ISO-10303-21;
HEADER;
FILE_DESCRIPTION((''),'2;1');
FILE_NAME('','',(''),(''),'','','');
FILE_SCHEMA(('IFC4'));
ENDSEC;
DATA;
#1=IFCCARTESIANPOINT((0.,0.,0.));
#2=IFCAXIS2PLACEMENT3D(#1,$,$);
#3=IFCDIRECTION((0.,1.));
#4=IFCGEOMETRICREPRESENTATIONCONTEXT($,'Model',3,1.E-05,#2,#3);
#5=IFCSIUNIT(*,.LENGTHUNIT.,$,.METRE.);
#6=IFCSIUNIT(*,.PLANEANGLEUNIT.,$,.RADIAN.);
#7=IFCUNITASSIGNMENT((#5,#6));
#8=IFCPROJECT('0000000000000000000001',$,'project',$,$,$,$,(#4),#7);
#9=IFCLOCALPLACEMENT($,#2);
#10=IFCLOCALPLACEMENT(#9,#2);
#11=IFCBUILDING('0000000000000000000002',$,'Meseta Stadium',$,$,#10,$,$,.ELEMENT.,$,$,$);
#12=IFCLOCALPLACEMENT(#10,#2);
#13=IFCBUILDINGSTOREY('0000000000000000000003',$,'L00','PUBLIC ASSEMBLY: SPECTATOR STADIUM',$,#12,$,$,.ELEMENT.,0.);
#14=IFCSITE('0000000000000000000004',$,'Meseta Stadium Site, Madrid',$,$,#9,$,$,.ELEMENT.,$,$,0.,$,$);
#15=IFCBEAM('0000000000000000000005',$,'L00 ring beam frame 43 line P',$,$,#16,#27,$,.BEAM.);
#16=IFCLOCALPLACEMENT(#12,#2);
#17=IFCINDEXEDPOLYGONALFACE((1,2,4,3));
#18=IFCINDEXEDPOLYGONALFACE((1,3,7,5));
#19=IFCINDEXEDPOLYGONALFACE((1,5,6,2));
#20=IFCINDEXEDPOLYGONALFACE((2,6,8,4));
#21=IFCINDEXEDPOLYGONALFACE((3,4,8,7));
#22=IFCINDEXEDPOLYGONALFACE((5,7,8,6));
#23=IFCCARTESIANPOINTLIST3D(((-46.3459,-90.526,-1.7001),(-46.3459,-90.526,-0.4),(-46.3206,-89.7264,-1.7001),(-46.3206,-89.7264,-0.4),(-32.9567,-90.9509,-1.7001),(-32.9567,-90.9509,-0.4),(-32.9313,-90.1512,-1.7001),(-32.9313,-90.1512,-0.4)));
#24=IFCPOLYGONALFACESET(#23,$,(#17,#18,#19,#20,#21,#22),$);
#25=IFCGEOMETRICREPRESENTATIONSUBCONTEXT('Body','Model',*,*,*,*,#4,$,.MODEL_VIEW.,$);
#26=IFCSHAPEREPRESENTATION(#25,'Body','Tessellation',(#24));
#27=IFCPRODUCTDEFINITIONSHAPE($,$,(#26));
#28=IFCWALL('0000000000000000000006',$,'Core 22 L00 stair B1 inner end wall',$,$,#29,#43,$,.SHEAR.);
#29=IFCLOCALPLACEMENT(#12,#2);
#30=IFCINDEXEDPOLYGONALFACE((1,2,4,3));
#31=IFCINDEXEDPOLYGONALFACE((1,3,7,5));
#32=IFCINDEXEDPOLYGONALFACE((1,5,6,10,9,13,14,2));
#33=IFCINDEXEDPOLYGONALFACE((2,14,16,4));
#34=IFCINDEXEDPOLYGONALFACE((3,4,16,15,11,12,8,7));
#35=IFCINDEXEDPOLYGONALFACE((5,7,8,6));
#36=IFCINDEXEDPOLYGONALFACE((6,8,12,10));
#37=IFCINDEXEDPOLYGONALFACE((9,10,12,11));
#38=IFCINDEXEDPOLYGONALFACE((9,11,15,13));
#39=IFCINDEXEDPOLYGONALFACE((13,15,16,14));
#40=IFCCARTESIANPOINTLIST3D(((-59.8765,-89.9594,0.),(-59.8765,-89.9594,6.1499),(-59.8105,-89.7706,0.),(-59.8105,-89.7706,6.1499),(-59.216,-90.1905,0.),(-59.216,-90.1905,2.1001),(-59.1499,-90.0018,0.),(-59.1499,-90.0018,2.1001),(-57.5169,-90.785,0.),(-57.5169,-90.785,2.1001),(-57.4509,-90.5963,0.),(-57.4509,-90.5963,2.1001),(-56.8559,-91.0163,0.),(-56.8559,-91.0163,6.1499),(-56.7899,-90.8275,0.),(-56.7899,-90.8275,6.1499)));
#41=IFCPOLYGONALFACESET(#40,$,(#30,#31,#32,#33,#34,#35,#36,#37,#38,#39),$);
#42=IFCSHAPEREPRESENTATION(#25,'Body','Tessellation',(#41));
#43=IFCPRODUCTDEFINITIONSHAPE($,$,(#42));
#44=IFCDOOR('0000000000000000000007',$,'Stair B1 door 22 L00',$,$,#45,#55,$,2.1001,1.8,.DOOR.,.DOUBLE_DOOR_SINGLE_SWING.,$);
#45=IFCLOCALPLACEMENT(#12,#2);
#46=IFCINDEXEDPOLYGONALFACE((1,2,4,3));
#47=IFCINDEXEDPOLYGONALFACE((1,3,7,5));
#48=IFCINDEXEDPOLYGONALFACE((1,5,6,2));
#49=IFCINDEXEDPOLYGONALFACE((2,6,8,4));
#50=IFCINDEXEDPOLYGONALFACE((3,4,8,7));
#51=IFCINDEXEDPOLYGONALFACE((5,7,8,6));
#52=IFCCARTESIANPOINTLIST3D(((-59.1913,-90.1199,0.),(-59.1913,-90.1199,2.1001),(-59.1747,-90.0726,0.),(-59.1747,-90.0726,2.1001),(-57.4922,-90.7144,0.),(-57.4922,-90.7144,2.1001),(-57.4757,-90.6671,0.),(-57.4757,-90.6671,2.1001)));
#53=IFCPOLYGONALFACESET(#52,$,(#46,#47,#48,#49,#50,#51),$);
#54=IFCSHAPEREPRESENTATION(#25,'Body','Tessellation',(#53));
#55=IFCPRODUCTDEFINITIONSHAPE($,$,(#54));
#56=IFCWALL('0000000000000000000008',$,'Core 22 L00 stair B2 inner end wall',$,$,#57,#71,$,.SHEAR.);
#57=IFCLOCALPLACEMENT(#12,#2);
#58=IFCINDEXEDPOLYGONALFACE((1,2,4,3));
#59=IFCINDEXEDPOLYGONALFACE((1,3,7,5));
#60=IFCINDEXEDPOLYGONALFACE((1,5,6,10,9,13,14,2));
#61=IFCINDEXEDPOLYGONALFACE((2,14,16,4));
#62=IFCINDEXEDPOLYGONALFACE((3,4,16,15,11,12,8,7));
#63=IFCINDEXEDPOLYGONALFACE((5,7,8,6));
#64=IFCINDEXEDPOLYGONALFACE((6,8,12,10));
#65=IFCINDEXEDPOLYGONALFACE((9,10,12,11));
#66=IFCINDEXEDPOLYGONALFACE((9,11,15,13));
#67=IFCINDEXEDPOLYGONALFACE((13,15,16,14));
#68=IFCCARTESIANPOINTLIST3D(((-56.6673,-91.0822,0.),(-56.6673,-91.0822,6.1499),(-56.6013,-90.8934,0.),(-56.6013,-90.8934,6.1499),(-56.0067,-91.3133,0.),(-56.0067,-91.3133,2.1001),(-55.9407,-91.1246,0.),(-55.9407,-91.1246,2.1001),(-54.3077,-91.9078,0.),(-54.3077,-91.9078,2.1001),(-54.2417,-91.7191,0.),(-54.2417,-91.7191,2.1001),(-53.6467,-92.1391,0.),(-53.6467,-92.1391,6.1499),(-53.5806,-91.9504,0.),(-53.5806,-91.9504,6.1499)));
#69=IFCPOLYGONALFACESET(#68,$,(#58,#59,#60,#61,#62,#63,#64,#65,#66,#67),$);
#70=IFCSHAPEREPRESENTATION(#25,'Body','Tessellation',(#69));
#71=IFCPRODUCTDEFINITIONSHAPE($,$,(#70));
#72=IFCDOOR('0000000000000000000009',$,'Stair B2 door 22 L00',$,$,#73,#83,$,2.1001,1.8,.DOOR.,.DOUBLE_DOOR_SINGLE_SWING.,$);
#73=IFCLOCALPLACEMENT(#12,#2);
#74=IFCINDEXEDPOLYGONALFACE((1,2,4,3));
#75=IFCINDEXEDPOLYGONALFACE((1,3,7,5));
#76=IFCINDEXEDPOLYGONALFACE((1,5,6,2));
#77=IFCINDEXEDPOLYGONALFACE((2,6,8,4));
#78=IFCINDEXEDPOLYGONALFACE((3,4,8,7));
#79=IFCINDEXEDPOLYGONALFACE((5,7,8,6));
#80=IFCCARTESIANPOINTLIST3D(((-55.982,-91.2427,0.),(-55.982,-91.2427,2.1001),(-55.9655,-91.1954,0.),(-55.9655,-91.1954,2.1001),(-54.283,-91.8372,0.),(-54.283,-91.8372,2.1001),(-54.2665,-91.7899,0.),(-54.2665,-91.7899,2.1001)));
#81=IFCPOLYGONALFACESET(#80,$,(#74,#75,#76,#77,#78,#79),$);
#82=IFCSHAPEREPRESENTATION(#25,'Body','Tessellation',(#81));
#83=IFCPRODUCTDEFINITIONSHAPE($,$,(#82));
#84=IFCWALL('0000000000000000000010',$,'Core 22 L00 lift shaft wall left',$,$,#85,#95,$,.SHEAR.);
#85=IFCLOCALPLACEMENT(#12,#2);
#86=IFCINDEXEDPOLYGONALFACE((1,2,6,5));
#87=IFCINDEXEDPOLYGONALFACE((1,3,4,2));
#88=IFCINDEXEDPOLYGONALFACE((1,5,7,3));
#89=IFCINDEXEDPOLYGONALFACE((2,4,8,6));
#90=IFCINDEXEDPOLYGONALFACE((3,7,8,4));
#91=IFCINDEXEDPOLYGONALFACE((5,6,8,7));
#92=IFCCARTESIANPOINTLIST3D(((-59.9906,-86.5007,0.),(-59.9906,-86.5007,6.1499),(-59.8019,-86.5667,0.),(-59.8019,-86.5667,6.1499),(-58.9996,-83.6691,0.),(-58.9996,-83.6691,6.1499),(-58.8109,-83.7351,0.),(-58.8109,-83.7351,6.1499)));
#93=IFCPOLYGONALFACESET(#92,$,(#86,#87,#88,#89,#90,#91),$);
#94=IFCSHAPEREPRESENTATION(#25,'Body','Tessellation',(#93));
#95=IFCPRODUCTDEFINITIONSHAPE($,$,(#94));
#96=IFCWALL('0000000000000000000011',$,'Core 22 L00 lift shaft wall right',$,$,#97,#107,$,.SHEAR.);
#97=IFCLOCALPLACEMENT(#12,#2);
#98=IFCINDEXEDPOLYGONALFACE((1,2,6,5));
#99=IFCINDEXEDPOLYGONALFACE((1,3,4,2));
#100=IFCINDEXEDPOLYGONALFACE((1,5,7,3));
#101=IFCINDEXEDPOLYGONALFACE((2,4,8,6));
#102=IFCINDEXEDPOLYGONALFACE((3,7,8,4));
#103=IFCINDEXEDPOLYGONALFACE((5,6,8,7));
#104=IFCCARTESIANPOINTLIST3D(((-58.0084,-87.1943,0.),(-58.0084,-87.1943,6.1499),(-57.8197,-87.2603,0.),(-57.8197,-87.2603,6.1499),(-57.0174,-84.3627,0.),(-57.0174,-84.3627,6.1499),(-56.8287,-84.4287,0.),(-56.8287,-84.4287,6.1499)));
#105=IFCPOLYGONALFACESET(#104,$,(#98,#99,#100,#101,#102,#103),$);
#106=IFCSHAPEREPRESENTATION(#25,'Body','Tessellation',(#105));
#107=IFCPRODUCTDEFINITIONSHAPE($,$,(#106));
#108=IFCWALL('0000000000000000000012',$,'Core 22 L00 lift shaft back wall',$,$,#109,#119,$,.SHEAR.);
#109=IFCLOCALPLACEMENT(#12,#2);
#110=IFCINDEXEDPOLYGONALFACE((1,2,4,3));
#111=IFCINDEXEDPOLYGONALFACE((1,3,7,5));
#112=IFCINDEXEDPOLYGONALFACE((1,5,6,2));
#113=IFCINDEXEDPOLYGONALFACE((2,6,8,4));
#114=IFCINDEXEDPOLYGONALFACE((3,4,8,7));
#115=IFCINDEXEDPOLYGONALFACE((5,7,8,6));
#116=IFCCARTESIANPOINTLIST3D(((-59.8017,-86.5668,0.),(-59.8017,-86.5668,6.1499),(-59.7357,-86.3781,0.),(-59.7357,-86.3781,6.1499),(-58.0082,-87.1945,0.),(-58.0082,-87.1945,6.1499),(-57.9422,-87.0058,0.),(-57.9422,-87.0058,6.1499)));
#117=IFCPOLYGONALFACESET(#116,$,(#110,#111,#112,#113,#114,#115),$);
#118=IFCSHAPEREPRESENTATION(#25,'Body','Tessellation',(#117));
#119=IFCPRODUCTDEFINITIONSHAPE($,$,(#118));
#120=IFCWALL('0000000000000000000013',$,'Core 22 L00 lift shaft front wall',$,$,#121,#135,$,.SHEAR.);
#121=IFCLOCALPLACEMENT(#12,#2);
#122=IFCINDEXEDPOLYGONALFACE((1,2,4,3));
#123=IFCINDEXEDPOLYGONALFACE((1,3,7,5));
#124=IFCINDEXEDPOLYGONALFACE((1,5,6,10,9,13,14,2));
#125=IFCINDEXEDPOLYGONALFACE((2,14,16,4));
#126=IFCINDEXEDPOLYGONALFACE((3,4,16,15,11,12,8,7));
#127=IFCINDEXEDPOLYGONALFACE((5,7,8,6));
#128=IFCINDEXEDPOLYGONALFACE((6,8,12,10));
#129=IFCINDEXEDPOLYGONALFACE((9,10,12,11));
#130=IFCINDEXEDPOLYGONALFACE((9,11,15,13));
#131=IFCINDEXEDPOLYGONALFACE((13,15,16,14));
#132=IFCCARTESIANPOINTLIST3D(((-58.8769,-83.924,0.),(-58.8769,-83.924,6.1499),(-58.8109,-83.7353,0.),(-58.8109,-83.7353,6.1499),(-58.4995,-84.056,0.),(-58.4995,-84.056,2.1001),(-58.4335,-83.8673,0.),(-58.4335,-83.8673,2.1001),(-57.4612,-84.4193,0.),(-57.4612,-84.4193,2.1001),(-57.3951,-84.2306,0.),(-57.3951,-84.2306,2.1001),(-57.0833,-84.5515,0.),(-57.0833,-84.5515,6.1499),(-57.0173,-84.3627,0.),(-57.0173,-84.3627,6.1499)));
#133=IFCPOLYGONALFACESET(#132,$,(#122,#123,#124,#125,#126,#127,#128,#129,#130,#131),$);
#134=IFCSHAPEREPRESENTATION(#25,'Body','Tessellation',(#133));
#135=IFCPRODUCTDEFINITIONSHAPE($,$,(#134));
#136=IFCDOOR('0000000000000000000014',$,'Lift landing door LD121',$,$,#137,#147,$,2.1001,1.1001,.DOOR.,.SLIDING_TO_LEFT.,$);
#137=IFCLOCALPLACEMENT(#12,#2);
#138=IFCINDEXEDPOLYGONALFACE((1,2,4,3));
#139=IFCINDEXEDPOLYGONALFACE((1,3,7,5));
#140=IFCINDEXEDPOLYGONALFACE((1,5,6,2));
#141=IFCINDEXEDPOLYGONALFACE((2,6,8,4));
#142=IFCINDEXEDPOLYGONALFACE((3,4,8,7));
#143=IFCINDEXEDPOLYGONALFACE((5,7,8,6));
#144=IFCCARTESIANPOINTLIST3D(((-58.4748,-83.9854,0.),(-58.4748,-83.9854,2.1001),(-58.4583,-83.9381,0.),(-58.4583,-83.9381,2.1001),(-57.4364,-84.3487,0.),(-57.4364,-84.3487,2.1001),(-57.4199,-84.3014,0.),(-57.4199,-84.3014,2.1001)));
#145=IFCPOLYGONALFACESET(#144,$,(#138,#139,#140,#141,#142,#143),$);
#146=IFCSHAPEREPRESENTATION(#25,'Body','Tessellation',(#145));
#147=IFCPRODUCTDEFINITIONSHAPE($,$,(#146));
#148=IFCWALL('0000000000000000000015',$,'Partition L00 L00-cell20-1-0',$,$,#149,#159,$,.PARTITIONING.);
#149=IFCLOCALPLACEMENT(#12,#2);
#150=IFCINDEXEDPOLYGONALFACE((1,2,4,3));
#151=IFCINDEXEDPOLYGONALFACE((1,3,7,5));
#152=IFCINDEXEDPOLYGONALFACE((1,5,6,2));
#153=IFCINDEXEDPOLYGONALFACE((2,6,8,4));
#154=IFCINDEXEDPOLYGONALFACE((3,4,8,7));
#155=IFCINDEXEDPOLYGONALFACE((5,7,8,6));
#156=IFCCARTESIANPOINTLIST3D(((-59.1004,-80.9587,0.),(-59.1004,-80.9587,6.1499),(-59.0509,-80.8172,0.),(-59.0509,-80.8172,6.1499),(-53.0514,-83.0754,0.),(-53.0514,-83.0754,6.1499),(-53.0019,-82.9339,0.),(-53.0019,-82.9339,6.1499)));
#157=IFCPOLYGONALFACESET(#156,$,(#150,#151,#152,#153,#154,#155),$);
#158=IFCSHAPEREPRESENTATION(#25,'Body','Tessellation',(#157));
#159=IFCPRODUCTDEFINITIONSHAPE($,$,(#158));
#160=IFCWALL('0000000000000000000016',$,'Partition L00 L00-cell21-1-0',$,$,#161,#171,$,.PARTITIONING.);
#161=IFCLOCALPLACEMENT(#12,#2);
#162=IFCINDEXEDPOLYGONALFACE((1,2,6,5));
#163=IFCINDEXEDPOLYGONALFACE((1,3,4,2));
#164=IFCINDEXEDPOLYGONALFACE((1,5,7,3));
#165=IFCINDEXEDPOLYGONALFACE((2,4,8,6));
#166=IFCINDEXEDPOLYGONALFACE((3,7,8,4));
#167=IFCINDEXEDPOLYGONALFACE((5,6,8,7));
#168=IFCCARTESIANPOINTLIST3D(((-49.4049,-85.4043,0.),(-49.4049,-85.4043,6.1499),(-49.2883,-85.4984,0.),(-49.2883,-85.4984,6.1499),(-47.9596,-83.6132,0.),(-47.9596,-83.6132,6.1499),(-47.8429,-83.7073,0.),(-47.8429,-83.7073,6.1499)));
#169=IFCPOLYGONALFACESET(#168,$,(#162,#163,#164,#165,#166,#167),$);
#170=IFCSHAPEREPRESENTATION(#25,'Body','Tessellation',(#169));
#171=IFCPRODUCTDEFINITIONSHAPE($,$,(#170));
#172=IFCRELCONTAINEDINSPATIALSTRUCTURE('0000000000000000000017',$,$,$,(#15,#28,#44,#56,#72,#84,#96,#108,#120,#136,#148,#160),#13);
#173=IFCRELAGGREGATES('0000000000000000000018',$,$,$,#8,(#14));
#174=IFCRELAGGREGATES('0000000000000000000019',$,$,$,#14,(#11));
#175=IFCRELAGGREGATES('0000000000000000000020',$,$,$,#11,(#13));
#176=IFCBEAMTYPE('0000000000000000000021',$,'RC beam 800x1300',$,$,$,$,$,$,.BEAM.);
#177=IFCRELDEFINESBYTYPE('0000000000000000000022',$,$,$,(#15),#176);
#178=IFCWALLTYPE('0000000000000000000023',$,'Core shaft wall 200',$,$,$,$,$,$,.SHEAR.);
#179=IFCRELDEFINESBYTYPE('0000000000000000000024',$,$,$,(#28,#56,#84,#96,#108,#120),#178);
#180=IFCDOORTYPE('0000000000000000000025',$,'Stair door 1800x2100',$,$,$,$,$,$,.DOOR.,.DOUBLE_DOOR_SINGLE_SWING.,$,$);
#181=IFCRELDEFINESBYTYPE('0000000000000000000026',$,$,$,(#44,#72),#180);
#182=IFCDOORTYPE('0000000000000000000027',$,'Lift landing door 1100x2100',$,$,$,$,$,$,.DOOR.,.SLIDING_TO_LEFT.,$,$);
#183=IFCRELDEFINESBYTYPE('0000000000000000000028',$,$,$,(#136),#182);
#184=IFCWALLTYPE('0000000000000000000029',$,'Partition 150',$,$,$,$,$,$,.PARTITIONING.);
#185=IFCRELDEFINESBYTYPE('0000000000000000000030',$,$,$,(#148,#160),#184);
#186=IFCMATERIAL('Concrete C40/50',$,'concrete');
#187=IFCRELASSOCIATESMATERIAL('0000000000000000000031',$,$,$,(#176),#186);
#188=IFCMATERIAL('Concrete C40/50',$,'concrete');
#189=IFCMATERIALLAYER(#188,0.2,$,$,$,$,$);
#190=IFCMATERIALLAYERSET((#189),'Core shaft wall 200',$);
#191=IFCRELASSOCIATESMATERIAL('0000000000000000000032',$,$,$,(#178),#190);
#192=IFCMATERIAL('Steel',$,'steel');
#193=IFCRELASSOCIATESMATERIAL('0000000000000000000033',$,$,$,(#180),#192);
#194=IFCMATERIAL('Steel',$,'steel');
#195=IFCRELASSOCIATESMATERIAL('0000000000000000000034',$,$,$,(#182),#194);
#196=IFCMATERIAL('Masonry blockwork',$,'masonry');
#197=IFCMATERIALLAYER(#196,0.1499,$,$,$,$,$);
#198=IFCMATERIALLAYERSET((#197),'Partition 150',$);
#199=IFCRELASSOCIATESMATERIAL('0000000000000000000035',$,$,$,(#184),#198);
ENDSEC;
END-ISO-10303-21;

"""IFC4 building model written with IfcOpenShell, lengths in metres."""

from ifc_helpers import new_model, si_unit, direction, frame, frame_2d, origin, origin_2d, place, context, subcontext, project, spatial, rectangle, extrude, material, layer, layer_set, material_profile, profile_set, type_object, element, fill, save


model = new_model("IFC4")

# Units and contexts
model_context = context("Model", 3, precision=1e-05, world=origin(), true_north=direction((0.0, 1.0)))
body_context = subcontext(model_context, "Body", "Model", "MODEL_VIEW")
ifc_project = project(units=[si_unit("LENGTHUNIT", "METRE"), si_unit("PLANEANGLEUNIT", "RADIAN")], contexts=[model_context])

# Site, building, storey
site_placement = place(None, origin())
site = spatial("IfcSite", under=ifc_project, at=site_placement, Name="Meseta Stadium Site, Madrid", CompositionType="ELEMENT", RefElevation=0.0)
building_placement = place(site_placement, origin())
building = spatial("IfcBuilding", under=site, at=building_placement, Name="Meseta Stadium", CompositionType="ELEMENT")
storey_placement = place(building_placement, origin())
storey = spatial("IfcBuildingStorey", under=building, at=storey_placement, Name="L00", Description="PUBLIC ASSEMBLY: SPECTATOR STADIUM", CompositionType="ELEMENT", Elevation=0.0)

# Beam
ifc_material_1 = material(Name="Concrete C40/50", Category="concrete")
ifc_material_profile_1 = material_profile(ifc_material_1, rectangle(XDim=0.8, YDim=1.3, at=origin_2d()), Name="RC 800x1300")
ifc_profile_set_1 = profile_set([ifc_material_profile_1], Name="Concrete C40/50")
beam_type_1 = type_object("IfcBeamType", Name="RC beam 800x1300", PredefinedType="BEAM", material=ifc_profile_set_1)
beam_1_placement = place(storey_placement, frame((-46.3333, -90.1262, -1.05), z_axis=(0.999497, -0.031712, 0.0), x_axis=(0.031712, 0.999497, 0.0)))
element("IfcBeam", 1, at=beam_1_placement, inside=storey, type_object=beam_type_1, Name="L00 ring beam frame 43 line P", PredefinedType="BEAM", context=body_context, shape_type="SweptSolid", body=[
    extrude(rectangle(XDim=0.8, YDim=1.3, at=origin_2d()), origin(), (0.0, 0.0, 1.0), 13.396),
])

# Walls, openings, doors
ifc_material_2 = material(Name="Concrete C40/50", Category="concrete")
ifc_layer_1 = layer(ifc_material_2, 0.2)
ifc_layer_set_1 = layer_set([ifc_layer_1], Name="Core shaft wall 200")
wall_type_1 = type_object("IfcWallType", Name="Core shaft wall 200", PredefinedType="SHEAR", material=ifc_layer_set_1)
wall_1_placement = place(storey_placement, frame((-59.8435, -89.865, 0.0), z_axis=(0.0, 0.0, 1.0), x_axis=(0.943887, -0.330269, 0.0)))
wall_1 = element("IfcWall", 2, at=wall_1_placement, inside=storey, type_object=wall_type_1, Name="Core 22 L00 stair B1 inner end wall", PredefinedType="SHEAR", context=body_context, shape_type="SweptSolid", body=[
    extrude(rectangle(XDim=3.2002, YDim=0.2, at=frame_2d((1.6001, 0.0))), origin(), (0.0, 0.0, 1.0), 6.1499),
])
opening_1_placement = place(wall_1_placement, frame((0.7, 0.0, 0.0)))
opening_1 = element("IfcOpeningElement", 3, at=opening_1_placement, cuts=wall_1, PredefinedType="OPENING", context=body_context, shape_type="SweptSolid", body=[
    extrude(rectangle(XDim=1.8, YDim=2.1001, at=frame_2d((0.8999, 1.05))), frame((0.0, 0.1099, 0.0), z_axis=(0.0, -1.0, 0.0), x_axis=(1.0, 0.0, 0.0)), (0.0, 0.0, 1.0), 0.22),
])
ifc_material_3 = material(Name="Steel", Category="steel")
door_type_1 = type_object("IfcDoorType", Name="Stair door 1800x2100", OperationType="DOUBLE_DOOR_SINGLE_SWING", PredefinedType="DOOR", material=ifc_material_3)
door_1_placement = place(opening_1_placement, origin())
door_1 = element("IfcDoor", 4, at=door_1_placement, inside=storey, type_object=door_type_1, Name="Stair B1 door 22 L00", OperationType="DOUBLE_DOOR_SINGLE_SWING", OverallHeight=2.1001, OverallWidth=1.8, PredefinedType="DOOR", context=body_context, shape_type="SweptSolid", body=[
    extrude(rectangle(XDim=1.8, YDim=2.1001, at=frame_2d((0.8999, 1.05))), frame((0.0, 0.0249, 0.0), z_axis=(0.0, -1.0, 0.0), x_axis=(1.0, 0.0, 0.0)), (0.0, 0.0, 1.0), 0.05),
])
fill(opening_1, door_1)
wall_2_placement = place(storey_placement, frame((-56.6343, -90.9878, 0.0), z_axis=(0.0, 0.0, 1.0), x_axis=(0.943887, -0.330269, 0.0)))
wall_2 = element("IfcWall", 5, at=wall_2_placement, inside=storey, type_object=wall_type_1, Name="Core 22 L00 stair B2 inner end wall", PredefinedType="SHEAR", context=body_context, shape_type="SweptSolid", body=[
    extrude(rectangle(XDim=3.2002, YDim=0.2, at=frame_2d((1.6001, 0.0))), origin(), (0.0, 0.0, 1.0), 6.1499),
])
opening_2_placement = place(wall_2_placement, frame((0.7, 0.0, 0.0)))
opening_2 = element("IfcOpeningElement", 6, at=opening_2_placement, cuts=wall_2, PredefinedType="OPENING", context=body_context, shape_type="SweptSolid", body=[
    extrude(rectangle(XDim=1.8, YDim=2.1001, at=frame_2d((0.8999, 1.05))), frame((0.0, 0.1099, 0.0), z_axis=(0.0, -1.0, 0.0), x_axis=(1.0, 0.0, 0.0)), (0.0, 0.0, 1.0), 0.22),
])
door_2_placement = place(opening_2_placement, origin())
door_2 = element("IfcDoor", 7, at=door_2_placement, inside=storey, type_object=door_type_1, Name="Stair B2 door 22 L00", OperationType="DOUBLE_DOOR_SINGLE_SWING", OverallHeight=2.1001, OverallWidth=1.8, PredefinedType="DOOR", context=body_context, shape_type="SweptSolid", body=[
    extrude(rectangle(XDim=1.8, YDim=2.1001, at=frame_2d((0.8999, 1.05))), frame((0.0, 0.0249, 0.0), z_axis=(0.0, -1.0, 0.0), x_axis=(1.0, 0.0, 0.0)), (0.0, 0.0, 1.0), 0.05),
])
fill(opening_2, door_2)

# Walls
for number, where, z_axis, x_axis, name in (
    (8, (-59.8962, -86.5337, 0.0), (0.0, 0.0, 1.0), (0.330329, 0.943866, 0.0), "Core 22 L00 lift shaft wall left"),
    (9, (-57.9141, -87.2273, 0.0), (0.0, 0.0, 1.0), (0.330329, 0.943866, 0.0), "Core 22 L00 lift shaft wall right"),
):
    element("IfcWall", number, at=place(storey_placement, frame(where, z_axis=z_axis, x_axis=x_axis)), inside=storey, type_object=wall_type_1, Name=name, PredefinedType="SHEAR", context=body_context, shape_type="SweptSolid", body=[
        extrude(rectangle(XDim=3.0, YDim=0.2, at=frame_2d((1.5, 0.0))), origin(), (0.0, 0.0, 1.0), 6.1499),
    ])
wall_3_placement = place(storey_placement, frame((-59.7688, -86.4724, 0.0), z_axis=(0.0, 0.0, 1.0), x_axis=(0.943862, -0.330339, 0.0)))
element("IfcWall", 10, at=wall_3_placement, inside=storey, type_object=wall_type_1, Name="Core 22 L00 lift shaft back wall", PredefinedType="SHEAR", context=body_context, shape_type="SweptSolid", body=[
    extrude(rectangle(XDim=1.9001, YDim=0.2, at=frame_2d((0.9502, 0.0))), origin(), (0.0, 0.0, 1.0), 6.1499),
])

# Wall, opening, door
wall_4_placement = place(storey_placement, frame((-58.844, -83.8296, 0.0), z_axis=(0.0, 0.0, 1.0), x_axis=(0.943902, -0.330225, 0.0)))
wall_4 = element("IfcWall", 11, at=wall_4_placement, inside=storey, type_object=wall_type_1, Name="Core 22 L00 lift shaft front wall", PredefinedType="SHEAR", context=body_context, shape_type="SweptSolid", body=[
    extrude(rectangle(XDim=1.9001, YDim=0.2, at=frame_2d((0.9502, 0.0))), origin(), (0.0, 0.0, 1.0), 6.1499),
])
opening_3_placement = place(wall_4_placement, frame((0.3999, 0.0, 0.0)))
opening_3 = element("IfcOpeningElement", 12, at=opening_3_placement, cuts=wall_4, PredefinedType="OPENING", context=body_context, shape_type="SweptSolid", body=[
    extrude(rectangle(XDim=1.1001, YDim=2.1001, at=frame_2d((0.55, 1.05))), frame((0.0, 0.1099, 0.0), z_axis=(0.0, -1.0, 0.0), x_axis=(1.0, 0.0, 0.0)), (0.0, 0.0, 1.0), 0.22),
])
ifc_material_4 = material(Name="Steel", Category="steel")
door_type_2 = type_object("IfcDoorType", Name="Lift landing door 1100x2100", OperationType="SLIDING_TO_LEFT", PredefinedType="DOOR", material=ifc_material_4)
door_3_placement = place(opening_3_placement, origin())
door_3 = element("IfcDoor", 13, at=door_3_placement, inside=storey, type_object=door_type_2, Name="Lift landing door LD121", OperationType="SLIDING_TO_LEFT", OverallHeight=2.1001, OverallWidth=1.1001, PredefinedType="DOOR", context=body_context, shape_type="SweptSolid", body=[
    extrude(rectangle(XDim=1.1001, YDim=2.1001, at=frame_2d((0.55, 1.05))), frame((0.0, 0.0249, 0.0), z_axis=(0.0, -1.0, 0.0), x_axis=(1.0, 0.0, 0.0)), (0.0, 0.0, 1.0), 0.05),
])
fill(opening_3, door_3)

# Walls
ifc_material_5 = material(Name="Masonry blockwork", Category="masonry")
ifc_layer_2 = layer(ifc_material_5, 0.1499)
ifc_layer_set_2 = layer_set([ifc_layer_2], Name="Partition 150")
wall_type_2 = type_object("IfcWallType", Name="Partition 150", PredefinedType="PARTITIONING", material=ifc_layer_set_2)
wall_5_placement = place(storey_placement, frame((-53.0266, -83.0046, 0.0), z_axis=(0.0, 0.0, 1.0), x_axis=(-0.943882, 0.330284, 0.0)))
element("IfcWall", 14, at=wall_5_placement, inside=storey, type_object=wall_type_2, Name="Partition L00 L00-cell20-1-0", PredefinedType="PARTITIONING", context=body_context, shape_type="SweptSolid", body=[
    extrude(rectangle(XDim=6.4087, YDim=0.1499, at=frame_2d((3.2043, 0.0))), origin(), (0.0, 0.0, 1.0), 6.1499),
])
wall_6_placement = place(storey_placement, frame((-49.3467, -85.4514, 0.0), z_axis=(0.0, 0.0, 1.0), x_axis=(0.628001, 0.778212, 0.0)))
element("IfcWall", 15, at=wall_6_placement, inside=storey, type_object=wall_type_2, Name="Partition L00 L00-cell21-1-0", PredefinedType="PARTITIONING", context=body_context, shape_type="SweptSolid", body=[
    extrude(rectangle(XDim=2.3015, YDim=0.1499, at=frame_2d((1.1509, 0.0))), origin(), (0.0, 0.0, 1.0), 6.1499),
])

save(model, "model.ifc")
